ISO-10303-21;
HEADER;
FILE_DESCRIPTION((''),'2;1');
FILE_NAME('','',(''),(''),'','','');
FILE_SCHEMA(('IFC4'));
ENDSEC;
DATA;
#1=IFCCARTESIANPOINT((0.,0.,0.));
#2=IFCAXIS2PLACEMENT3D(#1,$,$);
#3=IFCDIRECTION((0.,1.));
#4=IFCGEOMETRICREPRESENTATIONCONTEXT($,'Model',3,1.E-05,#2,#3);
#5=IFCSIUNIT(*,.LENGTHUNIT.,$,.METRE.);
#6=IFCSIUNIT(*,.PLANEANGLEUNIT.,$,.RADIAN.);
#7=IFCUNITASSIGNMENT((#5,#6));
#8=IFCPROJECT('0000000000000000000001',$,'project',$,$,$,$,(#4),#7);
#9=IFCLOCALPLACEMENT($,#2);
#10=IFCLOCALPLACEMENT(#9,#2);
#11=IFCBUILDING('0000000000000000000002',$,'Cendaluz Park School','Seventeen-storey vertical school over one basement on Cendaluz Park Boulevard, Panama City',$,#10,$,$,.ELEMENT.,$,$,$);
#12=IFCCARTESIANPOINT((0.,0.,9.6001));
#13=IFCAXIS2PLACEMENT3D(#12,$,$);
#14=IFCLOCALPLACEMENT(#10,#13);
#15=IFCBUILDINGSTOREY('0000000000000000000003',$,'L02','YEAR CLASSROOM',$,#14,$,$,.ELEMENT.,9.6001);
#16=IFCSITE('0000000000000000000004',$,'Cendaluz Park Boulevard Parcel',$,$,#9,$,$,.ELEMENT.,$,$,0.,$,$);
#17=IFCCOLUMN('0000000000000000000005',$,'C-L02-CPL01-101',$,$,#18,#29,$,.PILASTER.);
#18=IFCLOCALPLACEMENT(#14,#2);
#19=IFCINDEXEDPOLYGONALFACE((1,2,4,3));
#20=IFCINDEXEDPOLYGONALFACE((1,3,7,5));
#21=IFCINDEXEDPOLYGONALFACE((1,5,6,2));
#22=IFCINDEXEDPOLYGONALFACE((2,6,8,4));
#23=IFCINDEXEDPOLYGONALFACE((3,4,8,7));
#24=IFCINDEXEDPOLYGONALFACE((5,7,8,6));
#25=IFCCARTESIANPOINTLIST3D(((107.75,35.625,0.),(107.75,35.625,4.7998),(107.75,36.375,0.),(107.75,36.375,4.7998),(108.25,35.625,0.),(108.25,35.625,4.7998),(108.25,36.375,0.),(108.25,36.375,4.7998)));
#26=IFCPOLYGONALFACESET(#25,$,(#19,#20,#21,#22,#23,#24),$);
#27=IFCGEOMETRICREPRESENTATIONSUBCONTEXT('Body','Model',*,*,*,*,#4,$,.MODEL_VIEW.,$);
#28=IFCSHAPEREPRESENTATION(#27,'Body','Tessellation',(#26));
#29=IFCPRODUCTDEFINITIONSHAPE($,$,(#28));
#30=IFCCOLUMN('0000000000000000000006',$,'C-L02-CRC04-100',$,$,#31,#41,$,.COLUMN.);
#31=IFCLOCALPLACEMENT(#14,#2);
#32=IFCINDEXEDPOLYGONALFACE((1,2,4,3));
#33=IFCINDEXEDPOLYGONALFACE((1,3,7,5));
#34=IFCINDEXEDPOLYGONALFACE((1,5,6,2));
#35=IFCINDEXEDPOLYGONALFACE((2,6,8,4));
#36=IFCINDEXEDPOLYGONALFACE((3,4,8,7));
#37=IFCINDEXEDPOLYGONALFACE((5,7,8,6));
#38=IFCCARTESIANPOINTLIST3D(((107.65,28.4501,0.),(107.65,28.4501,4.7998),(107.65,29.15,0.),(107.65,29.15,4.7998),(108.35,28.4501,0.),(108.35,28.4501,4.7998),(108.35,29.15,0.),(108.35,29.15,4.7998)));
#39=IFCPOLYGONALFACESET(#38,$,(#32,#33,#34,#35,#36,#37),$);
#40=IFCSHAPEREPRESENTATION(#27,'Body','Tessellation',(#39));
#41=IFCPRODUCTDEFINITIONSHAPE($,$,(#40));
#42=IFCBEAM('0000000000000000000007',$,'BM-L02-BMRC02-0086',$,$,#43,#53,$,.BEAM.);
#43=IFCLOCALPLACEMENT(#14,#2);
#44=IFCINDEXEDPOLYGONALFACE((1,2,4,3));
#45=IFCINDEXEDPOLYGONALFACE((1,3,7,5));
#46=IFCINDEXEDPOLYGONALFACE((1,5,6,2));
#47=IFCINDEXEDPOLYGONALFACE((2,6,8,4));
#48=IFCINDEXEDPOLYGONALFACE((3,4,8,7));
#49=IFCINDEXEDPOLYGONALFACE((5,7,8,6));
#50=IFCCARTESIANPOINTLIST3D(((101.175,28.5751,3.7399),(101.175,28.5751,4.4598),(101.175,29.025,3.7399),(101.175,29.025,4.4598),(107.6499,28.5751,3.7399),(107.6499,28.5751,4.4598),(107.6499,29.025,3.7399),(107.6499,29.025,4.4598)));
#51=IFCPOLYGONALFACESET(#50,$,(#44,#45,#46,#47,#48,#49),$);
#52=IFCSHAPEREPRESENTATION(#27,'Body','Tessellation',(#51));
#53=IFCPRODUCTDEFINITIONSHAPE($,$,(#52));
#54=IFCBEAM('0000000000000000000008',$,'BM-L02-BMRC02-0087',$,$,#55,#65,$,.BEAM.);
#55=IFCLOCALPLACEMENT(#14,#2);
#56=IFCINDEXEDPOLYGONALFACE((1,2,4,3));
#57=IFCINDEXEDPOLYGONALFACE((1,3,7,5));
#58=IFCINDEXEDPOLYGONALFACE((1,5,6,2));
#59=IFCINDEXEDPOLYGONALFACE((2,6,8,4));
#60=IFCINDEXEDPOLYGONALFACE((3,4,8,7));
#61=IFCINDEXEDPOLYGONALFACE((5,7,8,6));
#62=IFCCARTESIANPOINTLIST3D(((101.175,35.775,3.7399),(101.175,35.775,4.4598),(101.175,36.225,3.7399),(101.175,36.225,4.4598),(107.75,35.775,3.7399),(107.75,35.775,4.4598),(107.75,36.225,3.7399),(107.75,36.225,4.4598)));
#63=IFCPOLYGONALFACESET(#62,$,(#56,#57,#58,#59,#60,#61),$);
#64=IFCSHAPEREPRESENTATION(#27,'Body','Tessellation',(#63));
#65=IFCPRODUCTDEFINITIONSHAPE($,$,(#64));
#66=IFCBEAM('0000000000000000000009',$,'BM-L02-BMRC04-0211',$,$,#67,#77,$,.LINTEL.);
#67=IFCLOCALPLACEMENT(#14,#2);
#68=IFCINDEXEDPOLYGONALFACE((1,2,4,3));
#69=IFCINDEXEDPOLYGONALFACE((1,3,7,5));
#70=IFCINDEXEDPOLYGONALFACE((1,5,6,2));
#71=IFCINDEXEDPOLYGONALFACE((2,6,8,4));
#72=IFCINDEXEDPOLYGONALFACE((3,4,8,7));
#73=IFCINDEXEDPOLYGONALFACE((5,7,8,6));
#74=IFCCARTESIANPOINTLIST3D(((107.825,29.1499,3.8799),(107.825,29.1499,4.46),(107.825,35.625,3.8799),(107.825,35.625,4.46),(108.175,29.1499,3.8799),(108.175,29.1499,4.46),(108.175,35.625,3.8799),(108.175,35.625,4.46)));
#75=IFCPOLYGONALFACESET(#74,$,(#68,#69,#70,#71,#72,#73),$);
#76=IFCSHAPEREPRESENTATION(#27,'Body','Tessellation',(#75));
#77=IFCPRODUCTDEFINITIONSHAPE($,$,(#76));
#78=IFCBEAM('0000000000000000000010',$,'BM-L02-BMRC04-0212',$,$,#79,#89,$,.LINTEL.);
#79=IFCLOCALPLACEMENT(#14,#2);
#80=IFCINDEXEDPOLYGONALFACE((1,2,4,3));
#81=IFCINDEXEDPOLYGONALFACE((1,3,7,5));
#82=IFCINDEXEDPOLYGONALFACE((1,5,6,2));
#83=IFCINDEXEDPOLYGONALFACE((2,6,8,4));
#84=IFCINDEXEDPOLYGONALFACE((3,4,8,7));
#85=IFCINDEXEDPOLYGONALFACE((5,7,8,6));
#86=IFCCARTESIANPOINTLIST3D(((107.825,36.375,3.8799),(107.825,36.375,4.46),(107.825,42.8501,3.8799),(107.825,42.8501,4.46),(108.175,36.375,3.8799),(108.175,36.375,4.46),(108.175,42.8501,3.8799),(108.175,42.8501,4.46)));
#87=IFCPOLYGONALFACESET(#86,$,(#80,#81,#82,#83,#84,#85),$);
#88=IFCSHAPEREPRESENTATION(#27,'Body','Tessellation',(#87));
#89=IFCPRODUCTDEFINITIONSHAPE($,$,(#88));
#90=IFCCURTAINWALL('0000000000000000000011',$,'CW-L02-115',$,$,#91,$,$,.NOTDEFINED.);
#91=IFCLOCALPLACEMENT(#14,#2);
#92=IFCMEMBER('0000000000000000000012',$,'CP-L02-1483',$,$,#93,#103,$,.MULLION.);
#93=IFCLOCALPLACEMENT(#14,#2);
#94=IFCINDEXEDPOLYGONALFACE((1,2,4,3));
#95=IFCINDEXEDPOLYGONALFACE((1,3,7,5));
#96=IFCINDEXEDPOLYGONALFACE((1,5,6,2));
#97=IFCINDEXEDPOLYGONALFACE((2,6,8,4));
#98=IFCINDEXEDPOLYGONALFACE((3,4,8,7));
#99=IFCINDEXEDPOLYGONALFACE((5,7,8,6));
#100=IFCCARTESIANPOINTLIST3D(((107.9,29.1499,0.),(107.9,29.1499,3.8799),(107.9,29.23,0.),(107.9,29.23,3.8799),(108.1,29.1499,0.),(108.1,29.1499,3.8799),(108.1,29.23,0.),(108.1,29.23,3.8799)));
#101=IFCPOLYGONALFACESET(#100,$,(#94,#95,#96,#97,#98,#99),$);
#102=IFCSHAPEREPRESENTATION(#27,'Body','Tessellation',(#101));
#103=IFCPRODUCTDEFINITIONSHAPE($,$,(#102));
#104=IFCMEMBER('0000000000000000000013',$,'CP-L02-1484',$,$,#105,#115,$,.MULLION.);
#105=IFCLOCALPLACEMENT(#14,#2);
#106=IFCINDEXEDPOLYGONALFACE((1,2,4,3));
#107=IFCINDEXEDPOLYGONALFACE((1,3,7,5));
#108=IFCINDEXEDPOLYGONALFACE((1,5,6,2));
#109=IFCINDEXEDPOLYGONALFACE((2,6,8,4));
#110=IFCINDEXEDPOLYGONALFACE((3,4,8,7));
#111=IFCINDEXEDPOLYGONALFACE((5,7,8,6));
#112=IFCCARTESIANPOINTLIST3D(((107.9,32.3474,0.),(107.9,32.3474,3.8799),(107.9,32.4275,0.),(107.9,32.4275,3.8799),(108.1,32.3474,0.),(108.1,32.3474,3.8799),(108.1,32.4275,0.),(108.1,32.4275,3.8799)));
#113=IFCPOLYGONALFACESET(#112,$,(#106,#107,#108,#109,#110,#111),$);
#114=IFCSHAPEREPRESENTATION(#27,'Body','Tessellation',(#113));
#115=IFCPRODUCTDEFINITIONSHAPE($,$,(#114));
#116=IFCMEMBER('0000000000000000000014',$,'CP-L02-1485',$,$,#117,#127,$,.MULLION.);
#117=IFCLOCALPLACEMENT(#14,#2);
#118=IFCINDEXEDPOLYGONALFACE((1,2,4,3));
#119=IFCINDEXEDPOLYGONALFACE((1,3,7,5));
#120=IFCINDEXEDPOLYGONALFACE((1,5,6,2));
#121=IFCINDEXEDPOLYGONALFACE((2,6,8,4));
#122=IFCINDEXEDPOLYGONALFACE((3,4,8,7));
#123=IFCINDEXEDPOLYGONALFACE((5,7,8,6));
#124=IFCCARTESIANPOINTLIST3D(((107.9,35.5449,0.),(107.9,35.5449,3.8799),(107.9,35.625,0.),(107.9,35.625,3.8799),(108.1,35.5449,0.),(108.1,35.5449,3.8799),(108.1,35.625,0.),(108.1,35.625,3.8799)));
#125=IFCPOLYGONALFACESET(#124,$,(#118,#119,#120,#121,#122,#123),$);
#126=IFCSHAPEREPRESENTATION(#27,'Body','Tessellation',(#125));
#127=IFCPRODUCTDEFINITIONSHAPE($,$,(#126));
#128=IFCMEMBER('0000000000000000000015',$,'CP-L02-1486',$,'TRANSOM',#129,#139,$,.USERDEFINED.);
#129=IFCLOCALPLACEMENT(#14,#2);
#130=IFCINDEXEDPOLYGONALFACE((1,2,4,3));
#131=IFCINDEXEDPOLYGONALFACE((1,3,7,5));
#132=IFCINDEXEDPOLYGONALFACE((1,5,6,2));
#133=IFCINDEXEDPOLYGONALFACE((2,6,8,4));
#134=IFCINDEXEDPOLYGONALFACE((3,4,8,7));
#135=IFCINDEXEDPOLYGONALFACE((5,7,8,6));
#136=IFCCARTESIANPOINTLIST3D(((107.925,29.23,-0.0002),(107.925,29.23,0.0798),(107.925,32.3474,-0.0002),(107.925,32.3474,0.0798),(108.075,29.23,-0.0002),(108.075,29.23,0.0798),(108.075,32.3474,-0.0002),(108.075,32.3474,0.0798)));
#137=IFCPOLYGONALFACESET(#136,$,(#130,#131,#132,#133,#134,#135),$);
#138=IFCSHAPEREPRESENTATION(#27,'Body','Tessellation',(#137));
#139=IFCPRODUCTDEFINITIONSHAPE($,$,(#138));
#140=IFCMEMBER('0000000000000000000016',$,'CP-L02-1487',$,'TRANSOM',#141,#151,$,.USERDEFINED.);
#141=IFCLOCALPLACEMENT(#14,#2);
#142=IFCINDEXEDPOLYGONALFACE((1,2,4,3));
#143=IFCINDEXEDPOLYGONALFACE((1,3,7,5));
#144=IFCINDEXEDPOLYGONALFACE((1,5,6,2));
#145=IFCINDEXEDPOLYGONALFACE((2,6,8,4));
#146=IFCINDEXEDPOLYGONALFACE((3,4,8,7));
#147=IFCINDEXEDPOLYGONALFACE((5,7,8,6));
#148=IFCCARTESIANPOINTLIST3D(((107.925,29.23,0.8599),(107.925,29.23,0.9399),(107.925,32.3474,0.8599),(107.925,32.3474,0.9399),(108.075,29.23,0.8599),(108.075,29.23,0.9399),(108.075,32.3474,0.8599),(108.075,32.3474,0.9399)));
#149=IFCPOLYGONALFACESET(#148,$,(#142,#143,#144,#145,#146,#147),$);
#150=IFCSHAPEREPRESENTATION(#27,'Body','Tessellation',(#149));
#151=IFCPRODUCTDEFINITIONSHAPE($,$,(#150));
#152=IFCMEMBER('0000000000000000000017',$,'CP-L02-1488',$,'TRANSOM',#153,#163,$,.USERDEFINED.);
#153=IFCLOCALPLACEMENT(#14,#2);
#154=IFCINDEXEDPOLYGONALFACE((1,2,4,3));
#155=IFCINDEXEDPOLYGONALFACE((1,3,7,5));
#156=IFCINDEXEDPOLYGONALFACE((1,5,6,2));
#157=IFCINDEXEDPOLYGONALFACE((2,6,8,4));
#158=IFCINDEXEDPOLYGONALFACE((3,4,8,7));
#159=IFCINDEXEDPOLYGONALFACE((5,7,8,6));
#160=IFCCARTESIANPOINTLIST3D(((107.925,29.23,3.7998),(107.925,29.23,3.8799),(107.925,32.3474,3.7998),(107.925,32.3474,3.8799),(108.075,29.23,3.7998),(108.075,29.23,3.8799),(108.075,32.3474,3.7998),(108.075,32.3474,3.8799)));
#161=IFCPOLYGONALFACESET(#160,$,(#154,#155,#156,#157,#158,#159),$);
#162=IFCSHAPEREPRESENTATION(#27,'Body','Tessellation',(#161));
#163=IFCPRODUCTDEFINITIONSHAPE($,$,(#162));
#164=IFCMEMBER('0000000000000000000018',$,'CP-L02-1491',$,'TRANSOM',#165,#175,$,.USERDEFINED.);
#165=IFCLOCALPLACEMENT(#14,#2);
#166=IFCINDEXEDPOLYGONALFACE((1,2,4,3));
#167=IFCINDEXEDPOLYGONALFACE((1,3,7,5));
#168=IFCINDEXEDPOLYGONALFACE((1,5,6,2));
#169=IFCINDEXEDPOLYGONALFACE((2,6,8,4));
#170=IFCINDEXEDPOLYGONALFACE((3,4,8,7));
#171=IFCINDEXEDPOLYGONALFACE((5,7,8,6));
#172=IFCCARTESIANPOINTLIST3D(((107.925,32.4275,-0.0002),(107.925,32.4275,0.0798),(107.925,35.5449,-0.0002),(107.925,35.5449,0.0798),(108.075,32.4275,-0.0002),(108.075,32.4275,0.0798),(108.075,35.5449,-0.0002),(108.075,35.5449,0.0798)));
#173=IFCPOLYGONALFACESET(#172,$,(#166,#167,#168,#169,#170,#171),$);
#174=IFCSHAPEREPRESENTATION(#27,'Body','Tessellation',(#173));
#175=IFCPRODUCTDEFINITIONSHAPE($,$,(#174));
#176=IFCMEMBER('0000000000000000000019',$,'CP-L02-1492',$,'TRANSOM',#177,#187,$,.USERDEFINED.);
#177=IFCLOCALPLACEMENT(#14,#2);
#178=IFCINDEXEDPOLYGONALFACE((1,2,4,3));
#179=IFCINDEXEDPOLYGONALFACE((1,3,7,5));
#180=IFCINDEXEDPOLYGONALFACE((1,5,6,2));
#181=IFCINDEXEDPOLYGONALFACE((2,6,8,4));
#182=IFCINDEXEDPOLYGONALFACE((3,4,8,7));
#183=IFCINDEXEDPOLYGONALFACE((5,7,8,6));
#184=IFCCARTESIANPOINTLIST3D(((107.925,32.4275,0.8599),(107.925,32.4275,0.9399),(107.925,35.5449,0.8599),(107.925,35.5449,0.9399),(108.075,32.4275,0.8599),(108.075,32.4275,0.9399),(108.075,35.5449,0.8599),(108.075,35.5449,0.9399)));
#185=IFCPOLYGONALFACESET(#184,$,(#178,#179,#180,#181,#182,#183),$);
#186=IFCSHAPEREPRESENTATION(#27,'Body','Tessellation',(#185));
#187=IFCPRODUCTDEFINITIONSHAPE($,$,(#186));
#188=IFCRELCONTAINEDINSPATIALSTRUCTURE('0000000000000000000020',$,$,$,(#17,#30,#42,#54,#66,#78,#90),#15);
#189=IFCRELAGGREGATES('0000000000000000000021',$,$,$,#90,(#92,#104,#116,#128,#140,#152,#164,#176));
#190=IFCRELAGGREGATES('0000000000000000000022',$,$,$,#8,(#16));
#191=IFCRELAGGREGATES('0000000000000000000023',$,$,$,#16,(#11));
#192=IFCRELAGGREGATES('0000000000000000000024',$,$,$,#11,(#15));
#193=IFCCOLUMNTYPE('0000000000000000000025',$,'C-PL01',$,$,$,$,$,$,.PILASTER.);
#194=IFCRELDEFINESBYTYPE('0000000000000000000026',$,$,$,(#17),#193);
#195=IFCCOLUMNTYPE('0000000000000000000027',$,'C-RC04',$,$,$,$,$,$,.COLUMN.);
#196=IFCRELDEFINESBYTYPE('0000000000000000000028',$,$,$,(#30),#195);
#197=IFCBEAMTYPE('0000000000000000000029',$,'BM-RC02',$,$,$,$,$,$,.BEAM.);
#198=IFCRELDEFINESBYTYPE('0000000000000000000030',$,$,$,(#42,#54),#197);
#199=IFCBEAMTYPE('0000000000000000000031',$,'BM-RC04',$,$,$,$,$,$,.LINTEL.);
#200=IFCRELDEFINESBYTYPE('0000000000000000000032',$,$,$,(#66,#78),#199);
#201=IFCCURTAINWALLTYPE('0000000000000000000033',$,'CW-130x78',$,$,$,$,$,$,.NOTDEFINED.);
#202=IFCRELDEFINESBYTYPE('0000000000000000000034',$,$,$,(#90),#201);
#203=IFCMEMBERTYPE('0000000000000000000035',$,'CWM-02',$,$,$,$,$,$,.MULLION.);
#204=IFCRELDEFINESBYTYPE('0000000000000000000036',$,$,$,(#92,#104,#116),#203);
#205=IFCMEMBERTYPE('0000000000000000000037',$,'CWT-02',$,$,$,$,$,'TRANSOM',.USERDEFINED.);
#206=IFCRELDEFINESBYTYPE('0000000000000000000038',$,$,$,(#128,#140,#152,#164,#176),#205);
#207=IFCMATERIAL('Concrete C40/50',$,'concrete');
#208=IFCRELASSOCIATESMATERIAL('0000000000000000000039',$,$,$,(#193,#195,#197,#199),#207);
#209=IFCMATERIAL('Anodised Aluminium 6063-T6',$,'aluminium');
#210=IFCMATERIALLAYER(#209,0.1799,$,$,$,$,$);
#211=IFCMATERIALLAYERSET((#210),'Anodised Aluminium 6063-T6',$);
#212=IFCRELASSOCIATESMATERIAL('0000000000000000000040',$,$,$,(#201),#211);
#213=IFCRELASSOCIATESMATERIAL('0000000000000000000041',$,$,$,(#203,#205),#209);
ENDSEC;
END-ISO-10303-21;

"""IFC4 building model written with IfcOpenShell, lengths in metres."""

from ifc_helpers import new_model, si_unit, direction, frame, origin, origin_2d, place, context, subcontext, project, spatial, rectangle, extrude, material, layer, layer_set, material_profile, profile_set, type_object, element, aggregate, save


model = new_model("IFC4")

# Units and contexts
model_context = context("Model", 3, precision=1e-05, world=origin(), true_north=direction((0.0, 1.0)))
body_context = subcontext(model_context, "Body", "Model", "MODEL_VIEW")
ifc_project = project(units=[si_unit("LENGTHUNIT", "METRE"), si_unit("PLANEANGLEUNIT", "RADIAN")], contexts=[model_context])

# Site, building, storey
site_placement = place(None, origin())
site = spatial("IfcSite", under=ifc_project, at=site_placement, Name="Cendaluz Park Boulevard Parcel", CompositionType="ELEMENT", RefElevation=0.0)
building_placement = place(site_placement, origin())
building = spatial("IfcBuilding", under=site, at=building_placement, Name="Cendaluz Park School", Description="Seventeen-storey vertical school over one basement on Cendaluz Park Boulevard, Panama City", CompositionType="ELEMENT")
storey_placement = place(building_placement, frame((0.0, 0.0, 9.6001)))
storey = spatial("IfcBuildingStorey", under=building, at=storey_placement, Name="L02", Description="YEAR CLASSROOM", CompositionType="ELEMENT", Elevation=9.6001)

# Columns
ifc_material_1 = material(Name="Concrete C40/50", Category="concrete")
ifc_material_profile_1 = material_profile(ifc_material_1, rectangle(XDim=0.5, YDim=0.75, at=origin_2d()), Name="RC 500x750", Category="concrete")
ifc_profile_set_1 = profile_set([ifc_material_profile_1], Name="Concrete C40/50")
column_type_1 = type_object("IfcColumnType", Name="C-PL01", PredefinedType="PILASTER", material=ifc_profile_set_1)
column_1_placement = place(storey_placement, frame((108.0, 36.0, 0.0), z_axis=(0.0, 0.0, 1.0), x_axis=(1.0, 0.0, 0.0)))
element("IfcColumn", 1, at=column_1_placement, inside=storey, type_object=column_type_1, Name="C-L02-CPL01-101", PredefinedType="PILASTER", context=body_context, shape_type="SweptSolid", body=[
    extrude(rectangle(XDim=0.5, YDim=0.75, at=origin_2d()), origin(), (0.0, 0.0, 1.0), 4.7998),
])
ifc_material_profile_2 = material_profile(ifc_material_1, rectangle(XDim=0.7, YDim=0.7, at=origin_2d()), Name="RC 700x700", Category="concrete")
ifc_profile_set_2 = profile_set([ifc_material_profile_2], Name="Concrete C40/50")
column_type_2 = type_object("IfcColumnType", Name="C-RC04", PredefinedType="COLUMN", material=ifc_profile_set_2)
column_2_placement = place(storey_placement, frame((108.0, 28.8, 0.0), z_axis=(0.0, 0.0, 1.0), x_axis=(1.0, 0.0, 0.0)))
element("IfcColumn", 2, at=column_2_placement, inside=storey, type_object=column_type_2, Name="C-L02-CRC04-100", PredefinedType="COLUMN", context=body_context, shape_type="SweptSolid", body=[
    extrude(rectangle(XDim=0.7, YDim=0.7, at=origin_2d()), origin(), (0.0, 0.0, 1.0), 4.7998),
])

# Beams
ifc_material_profile_3 = material_profile(ifc_material_1, rectangle(XDim=0.45, YDim=0.72, at=origin_2d()), Name="RC 450x720", Category="concrete")
ifc_profile_set_3 = profile_set([ifc_material_profile_3], Name="Concrete C40/50")
beam_type_1 = type_object("IfcBeamType", Name="BM-RC02", PredefinedType="BEAM", material=ifc_profile_set_3)
beam_1_placement = place(storey_placement, frame((101.175, 28.8, 4.0999), z_axis=(1.0, 0.0, 0.0), x_axis=(0.0, 1.0, 0.0)))
element("IfcBeam", 3, at=beam_1_placement, inside=storey, type_object=beam_type_1, Name="BM-L02-BMRC02-0086", PredefinedType="BEAM", context=body_context, shape_type="SweptSolid", body=[
    extrude(rectangle(XDim=0.45, YDim=0.72, at=origin_2d()), origin(), (0.0, 0.0, 1.0), 6.4749),
])
beam_2_placement = place(storey_placement, frame((101.175, 36.0, 4.0999), z_axis=(1.0, 0.0, 0.0), x_axis=(0.0, 1.0, 0.0)))
element("IfcBeam", 4, at=beam_2_placement, inside=storey, type_object=beam_type_1, Name="BM-L02-BMRC02-0087", PredefinedType="BEAM", context=body_context, shape_type="SweptSolid", body=[
    extrude(rectangle(XDim=0.45, YDim=0.72, at=origin_2d()), origin(), (0.0, 0.0, 1.0), 6.575),
])
ifc_material_profile_4 = material_profile(ifc_material_1, rectangle(XDim=0.3501, YDim=0.5801, at=origin_2d()), Name="RC 350x580", Category="concrete")
ifc_profile_set_4 = profile_set([ifc_material_profile_4], Name="Concrete C40/50")
beam_type_2 = type_object("IfcBeamType", Name="BM-RC04", PredefinedType="LINTEL", material=ifc_profile_set_4)
for number, where, z_axis, x_axis, name in (
    (5, (108.0, 29.1499, 4.1699), (0.0, 1.0, 0.0), (-1.0, 0.0, 0.0), "BM-L02-BMRC04-0211"),
    (6, (108.0, 36.375, 4.1699), (0.0, 1.0, 0.0), (-1.0, 0.0, 0.0), "BM-L02-BMRC04-0212"),
):
    element("IfcBeam", number, at=place(storey_placement, frame(where, z_axis=z_axis, x_axis=x_axis)), inside=storey, type_object=beam_type_2, Name=name, PredefinedType="LINTEL", context=body_context, shape_type="SweptSolid", body=[
        extrude(rectangle(XDim=0.3501, YDim=0.5801, at=origin_2d()), origin(), (0.0, 0.0, 1.0), 6.4751),
    ])

# Curtain wall, members
ifc_material_2 = material(Name="Anodised Aluminium 6063-T6", Category="aluminium")
ifc_layer_1 = layer(ifc_material_2, 0.1799)
ifc_layer_set_1 = layer_set([ifc_layer_1], Name="Anodised Aluminium 6063-T6")
curtain_wall_type = type_object("IfcCurtainWallType", Name="CW-130x78", PredefinedType="NOTDEFINED", material=ifc_layer_set_1)
curtain_wall_placement = place(storey_placement, origin())
curtain_wall = element("IfcCurtainWall", 7, at=curtain_wall_placement, inside=storey, type_object=curtain_wall_type, Name="CW-L02-115", PredefinedType="NOTDEFINED")
ifc_material_profile_5 = material_profile(ifc_material_2, rectangle(XDim=0.2, YDim=0.0801, at=origin_2d()), Name="CWM 200x80", Category="aluminium")
ifc_profile_set_5 = profile_set([ifc_material_profile_5], Name="Anodised Aluminium 6063-T6")
member_type_1 = type_object("IfcMemberType", Name="CWM-02", PredefinedType="MULLION", material=ifc_profile_set_5)
member_1_placement = place(storey_placement, frame((108.0, 29.1899, 0.0), z_axis=(0.0, 0.0, 1.0), x_axis=(-1.0, 0.0, 0.0)))
member_1 = element("IfcMember", 8, at=member_1_placement, type_object=member_type_1, Name="CP-L02-1483", PredefinedType="MULLION", context=body_context, shape_type="SweptSolid", body=[
    extrude(rectangle(XDim=0.2, YDim=0.0801, at=origin_2d()), origin(), (0.0, 0.0, 1.0), 3.8799),
])
member_2_placement = place(storey_placement, frame((108.0, 32.3875, 0.0), z_axis=(0.0, 0.0, 1.0), x_axis=(-1.0, 0.0, 0.0)))
member_2 = element("IfcMember", 9, at=member_2_placement, type_object=member_type_1, Name="CP-L02-1484", PredefinedType="MULLION", context=body_context, shape_type="SweptSolid", body=[
    extrude(rectangle(XDim=0.2, YDim=0.0801, at=origin_2d()), origin(), (0.0, 0.0, 1.0), 3.8799),
])
member_3_placement = place(storey_placement, frame((108.0, 35.585, 0.0), z_axis=(0.0, 0.0, 1.0), x_axis=(-1.0, 0.0, 0.0)))
member_3 = element("IfcMember", 10, at=member_3_placement, type_object=member_type_1, Name="CP-L02-1485", PredefinedType="MULLION", context=body_context, shape_type="SweptSolid", body=[
    extrude(rectangle(XDim=0.2, YDim=0.0801, at=origin_2d()), origin(), (0.0, 0.0, 1.0), 3.8799),
])
ifc_material_profile_6 = material_profile(ifc_material_2, rectangle(XDim=0.1499, YDim=0.0801, at=origin_2d()), Name="CWT 150x80", Category="aluminium")
ifc_profile_set_6 = profile_set([ifc_material_profile_6], Name="Anodised Aluminium 6063-T6")
member_type_2 = type_object("IfcMemberType", Name="CWT-02", ElementType="TRANSOM", PredefinedType="USERDEFINED", material=ifc_profile_set_6)
member_4_placement = place(storey_placement, frame((108.0, 29.23, 0.0398), z_axis=(0.0, 1.0, 0.0), x_axis=(-1.0, 0.0, 0.0)))
member_4 = element("IfcMember", 11, at=member_4_placement, type_object=member_type_2, Name="CP-L02-1486", ObjectType="TRANSOM", PredefinedType="USERDEFINED", context=body_context, shape_type="SweptSolid", body=[
    extrude(rectangle(XDim=0.1499, YDim=0.0801, at=origin_2d()), origin(), (0.0, 0.0, 1.0), 3.1174),
])
member_5_placement = place(storey_placement, frame((108.0, 29.23, 0.8999), z_axis=(0.0, 1.0, 0.0), x_axis=(-1.0, 0.0, 0.0)))
member_5 = element("IfcMember", 12, at=member_5_placement, type_object=member_type_2, Name="CP-L02-1487", ObjectType="TRANSOM", PredefinedType="USERDEFINED", context=body_context, shape_type="SweptSolid", body=[
    extrude(rectangle(XDim=0.1499, YDim=0.0801, at=origin_2d()), origin(), (0.0, 0.0, 1.0), 3.1174),
])
member_6_placement = place(storey_placement, frame((108.0, 29.23, 3.8398), z_axis=(0.0, 1.0, 0.0), x_axis=(-1.0, 0.0, 0.0)))
member_6 = element("IfcMember", 13, at=member_6_placement, type_object=member_type_2, Name="CP-L02-1488", ObjectType="TRANSOM", PredefinedType="USERDEFINED", context=body_context, shape_type="SweptSolid", body=[
    extrude(rectangle(XDim=0.1499, YDim=0.0801, at=origin_2d()), origin(), (0.0, 0.0, 1.0), 3.1174),
])
member_7_placement = place(storey_placement, frame((108.0, 32.4275, 0.0398), z_axis=(0.0, 1.0, 0.0), x_axis=(-1.0, 0.0, 0.0)))
member_7 = element("IfcMember", 14, at=member_7_placement, type_object=member_type_2, Name="CP-L02-1491", ObjectType="TRANSOM", PredefinedType="USERDEFINED", context=body_context, shape_type="SweptSolid", body=[
    extrude(rectangle(XDim=0.1499, YDim=0.0801, at=origin_2d()), origin(), (0.0, 0.0, 1.0), 3.1174),
])
member_8_placement = place(storey_placement, frame((108.0, 32.4275, 0.8999), z_axis=(0.0, 1.0, 0.0), x_axis=(-1.0, 0.0, 0.0)))
member_8 = element("IfcMember", 15, at=member_8_placement, type_object=member_type_2, Name="CP-L02-1492", ObjectType="TRANSOM", PredefinedType="USERDEFINED", context=body_context, shape_type="SweptSolid", body=[
    extrude(rectangle(XDim=0.1499, YDim=0.0801, at=origin_2d()), origin(), (0.0, 0.0, 1.0), 3.1174),
])
aggregate(curtain_wall, [member_1, member_2, member_3, member_4, member_5, member_6, member_7, member_8])

save(model, "model.ifc")
